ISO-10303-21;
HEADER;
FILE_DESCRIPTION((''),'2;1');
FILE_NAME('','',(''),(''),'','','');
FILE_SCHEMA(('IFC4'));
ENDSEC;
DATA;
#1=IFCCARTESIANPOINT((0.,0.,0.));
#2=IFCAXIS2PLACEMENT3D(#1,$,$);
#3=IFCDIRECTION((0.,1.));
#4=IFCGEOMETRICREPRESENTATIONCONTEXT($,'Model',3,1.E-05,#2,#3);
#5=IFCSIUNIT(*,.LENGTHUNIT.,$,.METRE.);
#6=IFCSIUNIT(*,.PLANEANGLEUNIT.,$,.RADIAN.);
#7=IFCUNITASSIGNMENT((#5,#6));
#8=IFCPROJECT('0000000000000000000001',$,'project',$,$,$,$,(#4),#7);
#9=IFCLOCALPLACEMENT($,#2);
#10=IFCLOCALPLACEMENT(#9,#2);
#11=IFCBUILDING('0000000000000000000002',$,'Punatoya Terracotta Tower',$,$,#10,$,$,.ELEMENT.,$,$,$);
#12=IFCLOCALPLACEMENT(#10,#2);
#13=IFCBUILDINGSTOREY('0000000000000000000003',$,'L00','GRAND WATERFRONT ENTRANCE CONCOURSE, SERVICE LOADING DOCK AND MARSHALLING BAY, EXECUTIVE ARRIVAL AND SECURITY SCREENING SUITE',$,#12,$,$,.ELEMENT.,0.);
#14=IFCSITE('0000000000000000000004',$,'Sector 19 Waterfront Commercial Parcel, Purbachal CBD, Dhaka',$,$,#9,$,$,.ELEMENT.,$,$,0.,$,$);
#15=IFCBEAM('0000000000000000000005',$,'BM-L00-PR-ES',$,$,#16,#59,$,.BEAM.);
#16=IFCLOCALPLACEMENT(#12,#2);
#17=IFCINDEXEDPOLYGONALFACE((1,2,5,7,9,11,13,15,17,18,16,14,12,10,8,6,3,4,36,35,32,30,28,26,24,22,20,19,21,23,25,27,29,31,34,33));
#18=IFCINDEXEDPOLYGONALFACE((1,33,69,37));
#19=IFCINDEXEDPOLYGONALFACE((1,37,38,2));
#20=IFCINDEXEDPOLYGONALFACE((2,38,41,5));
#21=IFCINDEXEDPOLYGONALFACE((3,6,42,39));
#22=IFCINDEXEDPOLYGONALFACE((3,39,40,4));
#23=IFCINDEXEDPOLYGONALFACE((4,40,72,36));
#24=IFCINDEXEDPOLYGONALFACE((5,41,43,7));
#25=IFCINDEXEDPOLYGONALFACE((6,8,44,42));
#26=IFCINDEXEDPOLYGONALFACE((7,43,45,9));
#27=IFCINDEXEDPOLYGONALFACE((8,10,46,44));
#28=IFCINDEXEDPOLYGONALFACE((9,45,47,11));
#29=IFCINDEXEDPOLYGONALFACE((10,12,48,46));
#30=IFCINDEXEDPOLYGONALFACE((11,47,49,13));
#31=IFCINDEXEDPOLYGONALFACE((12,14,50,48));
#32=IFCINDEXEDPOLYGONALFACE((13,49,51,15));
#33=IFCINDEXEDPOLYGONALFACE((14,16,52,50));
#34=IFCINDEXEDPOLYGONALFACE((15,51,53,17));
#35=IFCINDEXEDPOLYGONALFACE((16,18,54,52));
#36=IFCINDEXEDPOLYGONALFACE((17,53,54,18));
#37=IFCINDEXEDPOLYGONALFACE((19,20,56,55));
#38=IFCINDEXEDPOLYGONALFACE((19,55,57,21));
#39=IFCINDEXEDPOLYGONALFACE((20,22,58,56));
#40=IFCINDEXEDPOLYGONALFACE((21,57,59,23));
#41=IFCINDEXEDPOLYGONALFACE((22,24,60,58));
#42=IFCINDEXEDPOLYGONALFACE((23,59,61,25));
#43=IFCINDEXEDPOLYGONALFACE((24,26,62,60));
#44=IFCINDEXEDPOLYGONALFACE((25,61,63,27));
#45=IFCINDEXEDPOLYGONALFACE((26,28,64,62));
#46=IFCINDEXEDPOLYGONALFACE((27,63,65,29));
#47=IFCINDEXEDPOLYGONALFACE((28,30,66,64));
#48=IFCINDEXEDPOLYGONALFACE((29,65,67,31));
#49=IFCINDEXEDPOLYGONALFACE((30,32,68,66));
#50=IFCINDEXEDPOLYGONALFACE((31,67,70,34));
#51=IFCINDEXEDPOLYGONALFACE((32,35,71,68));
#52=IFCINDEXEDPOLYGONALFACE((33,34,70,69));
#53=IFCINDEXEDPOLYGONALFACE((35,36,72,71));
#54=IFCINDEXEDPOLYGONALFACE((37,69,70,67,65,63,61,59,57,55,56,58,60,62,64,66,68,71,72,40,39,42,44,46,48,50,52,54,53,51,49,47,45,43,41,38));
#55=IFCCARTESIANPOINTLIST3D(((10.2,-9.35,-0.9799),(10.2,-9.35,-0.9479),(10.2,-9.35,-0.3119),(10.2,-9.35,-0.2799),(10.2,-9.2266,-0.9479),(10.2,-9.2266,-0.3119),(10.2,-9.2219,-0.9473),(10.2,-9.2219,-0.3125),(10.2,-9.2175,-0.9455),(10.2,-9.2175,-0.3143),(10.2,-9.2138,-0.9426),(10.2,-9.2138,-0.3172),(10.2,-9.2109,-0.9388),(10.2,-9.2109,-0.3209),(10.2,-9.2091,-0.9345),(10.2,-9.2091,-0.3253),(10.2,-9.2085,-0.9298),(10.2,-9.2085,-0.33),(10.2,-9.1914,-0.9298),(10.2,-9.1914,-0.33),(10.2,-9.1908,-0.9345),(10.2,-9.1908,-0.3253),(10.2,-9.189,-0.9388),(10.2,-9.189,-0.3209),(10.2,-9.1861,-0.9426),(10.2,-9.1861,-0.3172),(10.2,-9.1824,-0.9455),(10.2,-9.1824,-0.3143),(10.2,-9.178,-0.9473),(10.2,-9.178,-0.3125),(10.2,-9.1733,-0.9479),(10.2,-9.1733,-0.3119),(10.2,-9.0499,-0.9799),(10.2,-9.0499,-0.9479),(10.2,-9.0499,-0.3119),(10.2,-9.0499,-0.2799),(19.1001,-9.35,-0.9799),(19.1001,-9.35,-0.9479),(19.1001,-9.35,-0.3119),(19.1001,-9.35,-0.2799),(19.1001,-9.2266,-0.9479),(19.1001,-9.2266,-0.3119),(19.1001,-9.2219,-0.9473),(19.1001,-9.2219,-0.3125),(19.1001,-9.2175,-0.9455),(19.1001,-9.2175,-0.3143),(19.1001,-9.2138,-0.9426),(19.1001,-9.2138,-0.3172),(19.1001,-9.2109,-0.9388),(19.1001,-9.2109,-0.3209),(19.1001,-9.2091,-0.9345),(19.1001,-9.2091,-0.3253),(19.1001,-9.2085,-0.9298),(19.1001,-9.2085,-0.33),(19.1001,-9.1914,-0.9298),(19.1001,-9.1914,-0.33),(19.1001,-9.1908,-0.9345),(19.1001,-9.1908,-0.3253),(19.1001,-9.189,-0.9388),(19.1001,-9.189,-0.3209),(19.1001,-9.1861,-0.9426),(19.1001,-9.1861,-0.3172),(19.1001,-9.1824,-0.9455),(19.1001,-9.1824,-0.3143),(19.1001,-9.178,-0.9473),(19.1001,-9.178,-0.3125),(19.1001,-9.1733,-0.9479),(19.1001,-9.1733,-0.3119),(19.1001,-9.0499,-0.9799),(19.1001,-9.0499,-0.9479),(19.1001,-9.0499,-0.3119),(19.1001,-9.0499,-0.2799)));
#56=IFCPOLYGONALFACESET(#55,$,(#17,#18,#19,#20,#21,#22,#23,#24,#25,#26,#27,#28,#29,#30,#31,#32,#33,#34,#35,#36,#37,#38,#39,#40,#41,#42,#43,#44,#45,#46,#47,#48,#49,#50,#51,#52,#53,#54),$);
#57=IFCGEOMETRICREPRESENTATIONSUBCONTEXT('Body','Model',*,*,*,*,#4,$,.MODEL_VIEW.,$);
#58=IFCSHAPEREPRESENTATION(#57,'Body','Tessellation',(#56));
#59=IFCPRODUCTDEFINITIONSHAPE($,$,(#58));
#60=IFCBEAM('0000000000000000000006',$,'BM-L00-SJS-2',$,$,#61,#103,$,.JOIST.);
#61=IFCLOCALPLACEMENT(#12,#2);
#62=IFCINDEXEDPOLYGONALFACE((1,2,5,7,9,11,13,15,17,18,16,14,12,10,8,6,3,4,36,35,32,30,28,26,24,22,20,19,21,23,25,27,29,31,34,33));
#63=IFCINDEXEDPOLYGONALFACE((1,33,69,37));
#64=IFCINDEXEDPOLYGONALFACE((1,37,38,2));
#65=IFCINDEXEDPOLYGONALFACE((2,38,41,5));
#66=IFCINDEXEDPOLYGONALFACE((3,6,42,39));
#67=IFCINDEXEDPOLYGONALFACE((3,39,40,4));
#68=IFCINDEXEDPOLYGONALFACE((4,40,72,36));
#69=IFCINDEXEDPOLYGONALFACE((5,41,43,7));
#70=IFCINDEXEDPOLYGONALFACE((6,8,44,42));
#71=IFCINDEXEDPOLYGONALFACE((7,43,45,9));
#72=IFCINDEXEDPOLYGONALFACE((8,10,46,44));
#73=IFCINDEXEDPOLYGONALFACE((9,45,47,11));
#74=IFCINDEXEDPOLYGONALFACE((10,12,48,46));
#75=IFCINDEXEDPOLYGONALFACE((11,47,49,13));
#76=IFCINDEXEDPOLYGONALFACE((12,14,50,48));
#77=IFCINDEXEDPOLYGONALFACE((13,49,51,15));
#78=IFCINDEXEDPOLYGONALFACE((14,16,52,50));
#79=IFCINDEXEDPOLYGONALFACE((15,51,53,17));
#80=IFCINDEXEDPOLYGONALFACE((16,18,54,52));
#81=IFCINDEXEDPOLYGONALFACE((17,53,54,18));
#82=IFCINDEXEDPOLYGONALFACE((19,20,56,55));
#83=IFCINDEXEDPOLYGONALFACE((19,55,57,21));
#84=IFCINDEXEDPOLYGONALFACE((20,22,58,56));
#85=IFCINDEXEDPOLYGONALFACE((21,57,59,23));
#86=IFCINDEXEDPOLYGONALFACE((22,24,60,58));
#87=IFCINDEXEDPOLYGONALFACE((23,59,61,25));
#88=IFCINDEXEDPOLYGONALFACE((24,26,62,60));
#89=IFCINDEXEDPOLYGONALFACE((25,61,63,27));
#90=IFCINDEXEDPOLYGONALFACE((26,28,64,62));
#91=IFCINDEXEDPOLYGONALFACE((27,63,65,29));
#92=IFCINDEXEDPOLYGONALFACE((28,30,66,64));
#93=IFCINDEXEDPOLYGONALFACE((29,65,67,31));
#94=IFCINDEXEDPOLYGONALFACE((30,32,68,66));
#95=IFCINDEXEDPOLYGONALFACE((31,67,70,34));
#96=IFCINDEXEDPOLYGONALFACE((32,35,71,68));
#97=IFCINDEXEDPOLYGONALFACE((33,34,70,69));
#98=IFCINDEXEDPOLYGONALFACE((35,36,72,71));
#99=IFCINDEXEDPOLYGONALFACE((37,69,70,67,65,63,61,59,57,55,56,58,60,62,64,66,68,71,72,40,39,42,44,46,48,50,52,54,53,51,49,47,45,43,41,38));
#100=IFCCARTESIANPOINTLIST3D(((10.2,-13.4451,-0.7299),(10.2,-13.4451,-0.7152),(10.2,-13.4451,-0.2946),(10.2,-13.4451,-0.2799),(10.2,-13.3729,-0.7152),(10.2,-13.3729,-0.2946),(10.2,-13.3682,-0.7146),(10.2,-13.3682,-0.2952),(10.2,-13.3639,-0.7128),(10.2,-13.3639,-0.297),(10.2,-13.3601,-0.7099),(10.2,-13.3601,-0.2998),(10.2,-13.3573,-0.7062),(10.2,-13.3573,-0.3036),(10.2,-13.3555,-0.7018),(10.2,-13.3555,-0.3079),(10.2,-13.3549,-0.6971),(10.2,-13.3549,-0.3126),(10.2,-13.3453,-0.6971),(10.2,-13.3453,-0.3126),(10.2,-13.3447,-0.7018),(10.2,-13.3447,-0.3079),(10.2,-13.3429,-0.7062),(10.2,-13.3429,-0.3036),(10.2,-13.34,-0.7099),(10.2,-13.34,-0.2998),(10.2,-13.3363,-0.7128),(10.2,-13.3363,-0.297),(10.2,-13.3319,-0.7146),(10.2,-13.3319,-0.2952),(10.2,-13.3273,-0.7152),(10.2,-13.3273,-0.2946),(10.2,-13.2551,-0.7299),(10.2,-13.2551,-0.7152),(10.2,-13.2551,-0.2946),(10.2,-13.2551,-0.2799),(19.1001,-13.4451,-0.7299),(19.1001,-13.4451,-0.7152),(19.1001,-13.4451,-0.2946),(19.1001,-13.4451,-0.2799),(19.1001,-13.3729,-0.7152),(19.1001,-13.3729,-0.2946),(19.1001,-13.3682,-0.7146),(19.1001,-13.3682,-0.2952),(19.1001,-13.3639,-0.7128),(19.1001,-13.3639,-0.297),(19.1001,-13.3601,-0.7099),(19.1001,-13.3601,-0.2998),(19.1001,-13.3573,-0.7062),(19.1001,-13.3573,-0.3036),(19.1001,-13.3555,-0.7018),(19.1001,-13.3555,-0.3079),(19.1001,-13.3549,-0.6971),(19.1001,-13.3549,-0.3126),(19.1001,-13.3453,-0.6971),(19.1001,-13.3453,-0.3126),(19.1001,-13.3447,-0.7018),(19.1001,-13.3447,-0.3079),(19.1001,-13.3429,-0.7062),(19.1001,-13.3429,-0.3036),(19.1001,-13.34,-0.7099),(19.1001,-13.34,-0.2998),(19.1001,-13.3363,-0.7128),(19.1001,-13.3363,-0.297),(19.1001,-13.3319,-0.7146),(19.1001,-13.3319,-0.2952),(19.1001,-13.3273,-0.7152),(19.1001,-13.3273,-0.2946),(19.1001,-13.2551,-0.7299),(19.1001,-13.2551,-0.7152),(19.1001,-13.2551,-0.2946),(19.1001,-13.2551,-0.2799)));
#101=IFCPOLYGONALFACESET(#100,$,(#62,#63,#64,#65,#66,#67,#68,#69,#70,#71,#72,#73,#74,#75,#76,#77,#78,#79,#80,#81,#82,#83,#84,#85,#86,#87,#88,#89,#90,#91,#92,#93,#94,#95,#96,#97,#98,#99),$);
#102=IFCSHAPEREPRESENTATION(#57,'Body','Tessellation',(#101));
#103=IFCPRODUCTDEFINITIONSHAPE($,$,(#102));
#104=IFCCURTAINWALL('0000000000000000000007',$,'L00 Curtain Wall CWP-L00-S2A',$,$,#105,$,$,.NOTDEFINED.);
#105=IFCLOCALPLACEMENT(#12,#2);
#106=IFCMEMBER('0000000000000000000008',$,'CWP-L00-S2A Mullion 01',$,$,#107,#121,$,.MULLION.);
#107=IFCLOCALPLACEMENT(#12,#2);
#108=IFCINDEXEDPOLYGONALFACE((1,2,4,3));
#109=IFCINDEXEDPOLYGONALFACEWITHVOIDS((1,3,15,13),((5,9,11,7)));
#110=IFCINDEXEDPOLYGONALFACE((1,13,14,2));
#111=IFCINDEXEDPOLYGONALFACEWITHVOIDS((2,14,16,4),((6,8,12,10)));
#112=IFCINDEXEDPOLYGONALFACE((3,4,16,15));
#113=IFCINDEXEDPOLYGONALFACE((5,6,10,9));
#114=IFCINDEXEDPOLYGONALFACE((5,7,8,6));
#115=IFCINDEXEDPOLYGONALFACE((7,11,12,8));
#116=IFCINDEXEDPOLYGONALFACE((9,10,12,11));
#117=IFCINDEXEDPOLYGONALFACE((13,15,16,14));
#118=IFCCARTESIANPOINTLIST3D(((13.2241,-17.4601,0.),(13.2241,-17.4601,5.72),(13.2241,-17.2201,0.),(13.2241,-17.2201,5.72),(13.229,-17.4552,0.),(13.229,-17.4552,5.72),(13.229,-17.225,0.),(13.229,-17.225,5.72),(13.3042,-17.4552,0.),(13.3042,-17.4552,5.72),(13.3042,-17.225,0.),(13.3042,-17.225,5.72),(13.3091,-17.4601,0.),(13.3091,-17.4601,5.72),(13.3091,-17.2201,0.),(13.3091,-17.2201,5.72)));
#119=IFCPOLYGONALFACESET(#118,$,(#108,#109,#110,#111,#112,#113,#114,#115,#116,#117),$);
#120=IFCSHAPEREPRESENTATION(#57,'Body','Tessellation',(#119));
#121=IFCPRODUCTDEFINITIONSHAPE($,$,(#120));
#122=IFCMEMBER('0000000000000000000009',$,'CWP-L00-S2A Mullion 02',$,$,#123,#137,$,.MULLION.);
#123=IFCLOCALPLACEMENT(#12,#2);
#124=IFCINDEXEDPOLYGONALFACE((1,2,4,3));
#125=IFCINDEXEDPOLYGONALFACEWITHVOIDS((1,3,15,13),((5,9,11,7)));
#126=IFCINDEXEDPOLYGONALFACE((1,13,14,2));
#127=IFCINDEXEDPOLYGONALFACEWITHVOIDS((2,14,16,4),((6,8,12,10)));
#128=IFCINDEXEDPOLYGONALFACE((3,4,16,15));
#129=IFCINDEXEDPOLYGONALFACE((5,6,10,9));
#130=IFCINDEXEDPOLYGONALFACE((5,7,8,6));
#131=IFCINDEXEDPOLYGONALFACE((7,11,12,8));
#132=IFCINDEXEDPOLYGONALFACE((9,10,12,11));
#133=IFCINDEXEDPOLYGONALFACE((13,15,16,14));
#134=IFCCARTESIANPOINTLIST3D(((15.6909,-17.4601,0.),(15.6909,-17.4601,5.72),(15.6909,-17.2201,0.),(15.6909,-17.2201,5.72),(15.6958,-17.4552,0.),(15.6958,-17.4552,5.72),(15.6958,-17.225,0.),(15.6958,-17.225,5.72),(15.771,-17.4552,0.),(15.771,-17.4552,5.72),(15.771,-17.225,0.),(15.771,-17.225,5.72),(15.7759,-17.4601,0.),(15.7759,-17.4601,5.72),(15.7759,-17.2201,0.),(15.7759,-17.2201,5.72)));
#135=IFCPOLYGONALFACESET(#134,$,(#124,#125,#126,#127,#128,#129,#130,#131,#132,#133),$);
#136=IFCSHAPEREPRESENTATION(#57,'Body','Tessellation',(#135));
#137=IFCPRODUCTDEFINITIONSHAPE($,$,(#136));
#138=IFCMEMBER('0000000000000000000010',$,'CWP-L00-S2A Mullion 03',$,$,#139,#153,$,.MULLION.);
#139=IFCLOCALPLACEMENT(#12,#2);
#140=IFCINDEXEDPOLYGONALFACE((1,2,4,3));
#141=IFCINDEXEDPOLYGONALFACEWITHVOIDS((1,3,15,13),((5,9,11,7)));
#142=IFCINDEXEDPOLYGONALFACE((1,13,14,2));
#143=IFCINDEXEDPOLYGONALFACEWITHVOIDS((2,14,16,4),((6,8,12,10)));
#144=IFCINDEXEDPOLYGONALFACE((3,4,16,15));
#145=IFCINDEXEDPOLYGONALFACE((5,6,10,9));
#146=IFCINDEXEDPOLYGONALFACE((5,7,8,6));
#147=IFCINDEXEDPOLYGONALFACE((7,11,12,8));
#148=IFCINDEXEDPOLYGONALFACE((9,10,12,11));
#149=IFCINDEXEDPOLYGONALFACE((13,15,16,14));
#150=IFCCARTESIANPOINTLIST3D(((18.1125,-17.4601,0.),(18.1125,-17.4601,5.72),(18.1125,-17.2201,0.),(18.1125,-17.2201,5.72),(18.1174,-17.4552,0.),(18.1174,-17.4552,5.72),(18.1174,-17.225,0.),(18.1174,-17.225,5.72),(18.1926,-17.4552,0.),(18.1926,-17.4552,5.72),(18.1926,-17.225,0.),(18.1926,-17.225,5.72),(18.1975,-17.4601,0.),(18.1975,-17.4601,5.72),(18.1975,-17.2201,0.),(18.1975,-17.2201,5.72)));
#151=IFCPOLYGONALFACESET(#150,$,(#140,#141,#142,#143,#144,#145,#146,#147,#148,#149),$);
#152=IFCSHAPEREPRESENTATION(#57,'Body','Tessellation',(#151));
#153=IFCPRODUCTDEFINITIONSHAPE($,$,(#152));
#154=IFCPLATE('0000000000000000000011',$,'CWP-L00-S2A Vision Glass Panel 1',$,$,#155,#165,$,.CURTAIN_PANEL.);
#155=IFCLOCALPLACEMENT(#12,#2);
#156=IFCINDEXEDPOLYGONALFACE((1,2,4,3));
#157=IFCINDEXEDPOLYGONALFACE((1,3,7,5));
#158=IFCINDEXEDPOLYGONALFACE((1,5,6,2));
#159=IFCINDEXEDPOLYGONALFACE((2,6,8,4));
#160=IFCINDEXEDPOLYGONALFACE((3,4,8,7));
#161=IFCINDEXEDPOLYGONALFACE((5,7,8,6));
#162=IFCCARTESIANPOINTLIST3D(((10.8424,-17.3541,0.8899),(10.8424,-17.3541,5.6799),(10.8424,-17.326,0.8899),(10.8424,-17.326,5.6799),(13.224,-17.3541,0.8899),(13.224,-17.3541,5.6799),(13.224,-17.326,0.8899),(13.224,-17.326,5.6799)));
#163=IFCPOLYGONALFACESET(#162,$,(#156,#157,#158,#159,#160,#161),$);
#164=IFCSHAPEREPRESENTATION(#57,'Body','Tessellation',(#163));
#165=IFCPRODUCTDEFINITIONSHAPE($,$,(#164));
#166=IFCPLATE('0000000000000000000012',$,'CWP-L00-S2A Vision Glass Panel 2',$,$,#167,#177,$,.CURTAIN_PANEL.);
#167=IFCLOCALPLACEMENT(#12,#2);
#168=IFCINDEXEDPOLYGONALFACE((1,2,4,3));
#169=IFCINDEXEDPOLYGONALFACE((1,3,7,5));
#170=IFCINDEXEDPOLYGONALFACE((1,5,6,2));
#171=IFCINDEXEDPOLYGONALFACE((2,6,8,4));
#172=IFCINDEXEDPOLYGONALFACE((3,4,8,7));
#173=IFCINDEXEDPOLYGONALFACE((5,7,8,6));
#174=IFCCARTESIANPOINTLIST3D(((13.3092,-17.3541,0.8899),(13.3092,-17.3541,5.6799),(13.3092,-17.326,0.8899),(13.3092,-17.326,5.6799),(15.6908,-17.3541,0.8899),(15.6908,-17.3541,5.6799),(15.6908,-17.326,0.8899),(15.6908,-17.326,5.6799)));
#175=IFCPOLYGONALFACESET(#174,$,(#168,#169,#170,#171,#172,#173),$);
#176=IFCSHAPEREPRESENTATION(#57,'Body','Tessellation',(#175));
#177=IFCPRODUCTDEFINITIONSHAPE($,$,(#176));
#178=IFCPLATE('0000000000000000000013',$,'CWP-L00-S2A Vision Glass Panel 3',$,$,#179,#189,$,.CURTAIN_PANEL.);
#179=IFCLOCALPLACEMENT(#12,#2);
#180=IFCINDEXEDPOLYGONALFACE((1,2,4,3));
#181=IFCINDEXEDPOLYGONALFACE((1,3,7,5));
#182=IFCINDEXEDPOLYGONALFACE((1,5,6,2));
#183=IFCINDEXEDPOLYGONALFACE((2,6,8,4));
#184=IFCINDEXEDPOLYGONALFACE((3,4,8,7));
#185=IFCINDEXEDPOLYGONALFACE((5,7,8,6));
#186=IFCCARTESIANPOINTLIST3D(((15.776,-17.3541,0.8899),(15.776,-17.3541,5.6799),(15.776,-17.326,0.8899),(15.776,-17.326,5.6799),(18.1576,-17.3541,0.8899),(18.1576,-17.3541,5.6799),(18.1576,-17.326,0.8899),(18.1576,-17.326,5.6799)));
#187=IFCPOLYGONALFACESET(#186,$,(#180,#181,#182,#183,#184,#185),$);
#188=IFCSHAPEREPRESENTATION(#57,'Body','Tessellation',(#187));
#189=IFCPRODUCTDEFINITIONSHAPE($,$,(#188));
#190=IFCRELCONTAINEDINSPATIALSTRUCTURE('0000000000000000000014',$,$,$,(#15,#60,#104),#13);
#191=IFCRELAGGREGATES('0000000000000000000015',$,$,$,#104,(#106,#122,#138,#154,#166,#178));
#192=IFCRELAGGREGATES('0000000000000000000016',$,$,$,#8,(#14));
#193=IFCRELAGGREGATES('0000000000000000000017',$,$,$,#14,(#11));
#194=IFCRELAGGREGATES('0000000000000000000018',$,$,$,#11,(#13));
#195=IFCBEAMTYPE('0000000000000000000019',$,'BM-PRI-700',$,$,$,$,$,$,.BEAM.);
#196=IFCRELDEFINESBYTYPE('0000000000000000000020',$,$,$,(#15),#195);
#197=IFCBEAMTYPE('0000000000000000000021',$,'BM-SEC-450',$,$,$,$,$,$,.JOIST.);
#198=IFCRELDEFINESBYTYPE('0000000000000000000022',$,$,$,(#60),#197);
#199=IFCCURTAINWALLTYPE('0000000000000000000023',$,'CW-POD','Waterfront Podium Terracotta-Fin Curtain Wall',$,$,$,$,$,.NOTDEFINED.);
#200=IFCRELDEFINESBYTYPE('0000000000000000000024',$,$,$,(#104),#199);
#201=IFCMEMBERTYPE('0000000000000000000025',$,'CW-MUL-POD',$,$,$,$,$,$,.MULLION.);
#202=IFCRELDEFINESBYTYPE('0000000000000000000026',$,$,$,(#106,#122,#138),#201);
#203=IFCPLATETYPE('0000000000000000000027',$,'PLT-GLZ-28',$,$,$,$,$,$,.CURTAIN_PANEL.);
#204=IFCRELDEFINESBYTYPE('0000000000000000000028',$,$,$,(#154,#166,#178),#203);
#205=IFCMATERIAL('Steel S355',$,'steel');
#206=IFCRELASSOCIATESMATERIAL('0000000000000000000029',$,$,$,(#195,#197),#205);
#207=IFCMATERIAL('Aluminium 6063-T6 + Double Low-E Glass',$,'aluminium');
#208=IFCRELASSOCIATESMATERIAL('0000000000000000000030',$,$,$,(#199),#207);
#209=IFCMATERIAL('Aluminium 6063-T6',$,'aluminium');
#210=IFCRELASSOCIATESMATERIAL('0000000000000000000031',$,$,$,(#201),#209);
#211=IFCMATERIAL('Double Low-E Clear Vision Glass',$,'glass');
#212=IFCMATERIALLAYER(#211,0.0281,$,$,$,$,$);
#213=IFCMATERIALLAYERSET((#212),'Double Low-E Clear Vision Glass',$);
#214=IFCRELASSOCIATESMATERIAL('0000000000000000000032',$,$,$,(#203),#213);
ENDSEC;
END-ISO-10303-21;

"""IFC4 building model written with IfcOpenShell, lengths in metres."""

from ifc_helpers import new_model, si_unit, direction, frame, origin, origin_2d, place, context, subcontext, project, spatial, rectangle, hollow_rectangle, i_section, extrude, material, layer, layer_set, material_profile, profile_set, type_object, element, aggregate, save


model = new_model("IFC4")

# Units and contexts
model_context = context("Model", 3, precision=1e-05, world=origin(), true_north=direction((0.0, 1.0)))
body_context = subcontext(model_context, "Body", "Model", "MODEL_VIEW")
ifc_project = project(units=[si_unit("LENGTHUNIT", "METRE"), si_unit("PLANEANGLEUNIT", "RADIAN")], contexts=[model_context])

# Site, building, storey
site_placement = place(None, origin())
site = spatial("IfcSite", under=ifc_project, at=site_placement, Name="Sector 19 Waterfront Commercial Parcel, Purbachal CBD, Dhaka", CompositionType="ELEMENT", RefElevation=0.0)
building_placement = place(site_placement, origin())
building = spatial("IfcBuilding", under=site, at=building_placement, Name="Punatoya Terracotta Tower", CompositionType="ELEMENT")
storey_placement = place(building_placement, origin())
storey = spatial("IfcBuildingStorey", under=building, at=storey_placement, Name="L00", Description="GRAND WATERFRONT ENTRANCE CONCOURSE, SERVICE LOADING DOCK AND MARSHALLING BAY, EXECUTIVE ARRIVAL AND SECURITY SCREENING SUITE", CompositionType="ELEMENT", Elevation=0.0)

# Beams
ifc_material_1 = material(Name="Steel S355", Category="steel")
ifc_material_profile_1 = material_profile(ifc_material_1, i_section(OverallWidth=0.3, OverallDepth=0.7, WebThickness=0.0171, FlangeThickness=0.032, FilletRadius=0.0181, at=origin_2d()))
ifc_profile_set_1 = profile_set([ifc_material_profile_1], Name="Steel S355")
beam_type_1 = type_object("IfcBeamType", Name="BM-PRI-700", PredefinedType="BEAM", material=ifc_profile_set_1)
beam_1_placement = place(storey_placement, frame((10.2, -9.2, -0.6299), z_axis=(1.0, 0.0, 0.0), x_axis=(0.0, 1.0, 0.0)))
element("IfcBeam", 1, at=beam_1_placement, inside=storey, type_object=beam_type_1, Name="BM-L00-PR-ES", PredefinedType="BEAM", context=body_context, shape_type="SweptSolid", body=[
    extrude(i_section(OverallWidth=0.3, OverallDepth=0.7, WebThickness=0.0171, FlangeThickness=0.032, FilletRadius=0.0181, at=origin_2d()), origin(), (0.0, 0.0, 1.0), 8.9001),
])
ifc_material_profile_2 = material_profile(ifc_material_1, i_section(OverallWidth=0.1899, OverallDepth=0.45, WebThickness=0.0095, FlangeThickness=0.0146, FilletRadius=0.0181, at=origin_2d()))
ifc_profile_set_2 = profile_set([ifc_material_profile_2], Name="Steel S355")
beam_type_2 = type_object("IfcBeamType", Name="BM-SEC-450", PredefinedType="JOIST", material=ifc_profile_set_2)
beam_2_placement = place(storey_placement, frame((10.2, -13.3501, -0.5049), z_axis=(1.0, 0.0, 0.0), x_axis=(0.0, 1.0, 0.0)))
element("IfcBeam", 2, at=beam_2_placement, inside=storey, type_object=beam_type_2, Name="BM-L00-SJS-2", PredefinedType="JOIST", context=body_context, shape_type="SweptSolid", body=[
    extrude(i_section(OverallWidth=0.1899, OverallDepth=0.45, WebThickness=0.0095, FlangeThickness=0.0146, FilletRadius=0.0181, at=origin_2d()), origin(), (0.0, 0.0, 1.0), 8.9001),
])

# Curtain wall, members, plates
ifc_material_2 = material(Name="Aluminium 6063-T6 + Double Low-E Glass", Category="aluminium")
curtain_wall_type = type_object("IfcCurtainWallType", Name="CW-POD", Description="Waterfront Podium Terracotta-Fin Curtain Wall", PredefinedType="NOTDEFINED", material=ifc_material_2)
curtain_wall_placement = place(storey_placement, origin())
curtain_wall = element("IfcCurtainWall", 3, at=curtain_wall_placement, inside=storey, type_object=curtain_wall_type, Name="L00 Curtain Wall CWP-L00-S2A", PredefinedType="NOTDEFINED")
ifc_material_3 = material(Name="Aluminium 6063-T6", Category="aluminium")
ifc_material_profile_3 = material_profile(ifc_material_3, hollow_rectangle(XDim=0.085, YDim=0.24, WallThickness=0.0049, at=origin_2d()))
ifc_profile_set_3 = profile_set([ifc_material_profile_3], Name="Aluminium 6063-T6")
member_type = type_object("IfcMemberType", Name="CW-MUL-POD", PredefinedType="MULLION", material=ifc_profile_set_3)
member_1_placement = place(storey_placement, frame((13.2666, -17.3401, 0.0), z_axis=(0.0, 0.0, 1.0), x_axis=(1.0, 0.0, 0.0)))
member_1 = element("IfcMember", 4, at=member_1_placement, type_object=member_type, Name="CWP-L00-S2A Mullion 01", PredefinedType="MULLION", context=body_context, shape_type="SweptSolid", body=[
    extrude(hollow_rectangle(XDim=0.085, YDim=0.24, WallThickness=0.0049, at=origin_2d()), origin(), (0.0, 0.0, 1.0), 5.72),
])
member_2_placement = place(storey_placement, frame((15.7334, -17.3401, 0.0), z_axis=(0.0, 0.0, 1.0), x_axis=(1.0, 0.0, 0.0)))
member_2 = element("IfcMember", 5, at=member_2_placement, type_object=member_type, Name="CWP-L00-S2A Mullion 02", PredefinedType="MULLION", context=body_context, shape_type="SweptSolid", body=[
    extrude(hollow_rectangle(XDim=0.085, YDim=0.24, WallThickness=0.0049, at=origin_2d()), origin(), (0.0, 0.0, 1.0), 5.72),
])
member_3_placement = place(storey_placement, frame((18.155, -17.3401, 0.0), z_axis=(0.0, 0.0, 1.0), x_axis=(1.0, 0.0, 0.0)))
member_3 = element("IfcMember", 6, at=member_3_placement, type_object=member_type, Name="CWP-L00-S2A Mullion 03", PredefinedType="MULLION", context=body_context, shape_type="SweptSolid", body=[
    extrude(hollow_rectangle(XDim=0.085, YDim=0.24, WallThickness=0.0049, at=origin_2d()), origin(), (0.0, 0.0, 1.0), 5.72),
])
ifc_material_4 = material(Name="Double Low-E Clear Vision Glass", Category="glass")
ifc_layer_1 = layer(ifc_material_4, 0.0281)
ifc_layer_set_1 = layer_set([ifc_layer_1], Name="Double Low-E Clear Vision Glass")
plate_type_1 = type_object("IfcPlateType", Name="PLT-GLZ-28", PredefinedType="CURTAIN_PANEL", material=ifc_layer_set_1)
plate_1_placement = place(storey_placement, frame((12.0332, -17.3401, 0.8899), z_axis=(0.0, 0.0, 1.0), x_axis=(1.0, 0.0, 0.0)))
plate_1 = element("IfcPlate", 7, at=plate_1_placement, type_object=plate_type_1, Name="CWP-L00-S2A Vision Glass Panel 1", PredefinedType="CURTAIN_PANEL", context=body_context, shape_type="SweptSolid", body=[
    extrude(rectangle(XDim=2.3816, YDim=0.0281, at=origin_2d()), origin(), (0.0, 0.0, 1.0), 4.79),
])
plate_2_placement = place(storey_placement, frame((14.5, -17.3401, 0.8899), z_axis=(0.0, 0.0, 1.0), x_axis=(1.0, 0.0, 0.0)))
plate_2 = element("IfcPlate", 8, at=plate_2_placement, type_object=plate_type_1, Name="CWP-L00-S2A Vision Glass Panel 2", PredefinedType="CURTAIN_PANEL", context=body_context, shape_type="SweptSolid", body=[
    extrude(rectangle(XDim=2.3816, YDim=0.0281, at=origin_2d()), origin(), (0.0, 0.0, 1.0), 4.79),
])
plate_3_placement = place(storey_placement, frame((16.9668, -17.3401, 0.8899), z_axis=(0.0, 0.0, 1.0), x_axis=(1.0, 0.0, 0.0)))
plate_3 = element("IfcPlate", 9, at=plate_3_placement, type_object=plate_type_1, Name="CWP-L00-S2A Vision Glass Panel 3", PredefinedType="CURTAIN_PANEL", context=body_context, shape_type="SweptSolid", body=[
    extrude(rectangle(XDim=2.3816, YDim=0.0281, at=origin_2d()), origin(), (0.0, 0.0, 1.0), 4.79),
])
aggregate(curtain_wall, [member_1, member_2, member_3, plate_1, plate_2, plate_3])

save(model, "model.ifc")
